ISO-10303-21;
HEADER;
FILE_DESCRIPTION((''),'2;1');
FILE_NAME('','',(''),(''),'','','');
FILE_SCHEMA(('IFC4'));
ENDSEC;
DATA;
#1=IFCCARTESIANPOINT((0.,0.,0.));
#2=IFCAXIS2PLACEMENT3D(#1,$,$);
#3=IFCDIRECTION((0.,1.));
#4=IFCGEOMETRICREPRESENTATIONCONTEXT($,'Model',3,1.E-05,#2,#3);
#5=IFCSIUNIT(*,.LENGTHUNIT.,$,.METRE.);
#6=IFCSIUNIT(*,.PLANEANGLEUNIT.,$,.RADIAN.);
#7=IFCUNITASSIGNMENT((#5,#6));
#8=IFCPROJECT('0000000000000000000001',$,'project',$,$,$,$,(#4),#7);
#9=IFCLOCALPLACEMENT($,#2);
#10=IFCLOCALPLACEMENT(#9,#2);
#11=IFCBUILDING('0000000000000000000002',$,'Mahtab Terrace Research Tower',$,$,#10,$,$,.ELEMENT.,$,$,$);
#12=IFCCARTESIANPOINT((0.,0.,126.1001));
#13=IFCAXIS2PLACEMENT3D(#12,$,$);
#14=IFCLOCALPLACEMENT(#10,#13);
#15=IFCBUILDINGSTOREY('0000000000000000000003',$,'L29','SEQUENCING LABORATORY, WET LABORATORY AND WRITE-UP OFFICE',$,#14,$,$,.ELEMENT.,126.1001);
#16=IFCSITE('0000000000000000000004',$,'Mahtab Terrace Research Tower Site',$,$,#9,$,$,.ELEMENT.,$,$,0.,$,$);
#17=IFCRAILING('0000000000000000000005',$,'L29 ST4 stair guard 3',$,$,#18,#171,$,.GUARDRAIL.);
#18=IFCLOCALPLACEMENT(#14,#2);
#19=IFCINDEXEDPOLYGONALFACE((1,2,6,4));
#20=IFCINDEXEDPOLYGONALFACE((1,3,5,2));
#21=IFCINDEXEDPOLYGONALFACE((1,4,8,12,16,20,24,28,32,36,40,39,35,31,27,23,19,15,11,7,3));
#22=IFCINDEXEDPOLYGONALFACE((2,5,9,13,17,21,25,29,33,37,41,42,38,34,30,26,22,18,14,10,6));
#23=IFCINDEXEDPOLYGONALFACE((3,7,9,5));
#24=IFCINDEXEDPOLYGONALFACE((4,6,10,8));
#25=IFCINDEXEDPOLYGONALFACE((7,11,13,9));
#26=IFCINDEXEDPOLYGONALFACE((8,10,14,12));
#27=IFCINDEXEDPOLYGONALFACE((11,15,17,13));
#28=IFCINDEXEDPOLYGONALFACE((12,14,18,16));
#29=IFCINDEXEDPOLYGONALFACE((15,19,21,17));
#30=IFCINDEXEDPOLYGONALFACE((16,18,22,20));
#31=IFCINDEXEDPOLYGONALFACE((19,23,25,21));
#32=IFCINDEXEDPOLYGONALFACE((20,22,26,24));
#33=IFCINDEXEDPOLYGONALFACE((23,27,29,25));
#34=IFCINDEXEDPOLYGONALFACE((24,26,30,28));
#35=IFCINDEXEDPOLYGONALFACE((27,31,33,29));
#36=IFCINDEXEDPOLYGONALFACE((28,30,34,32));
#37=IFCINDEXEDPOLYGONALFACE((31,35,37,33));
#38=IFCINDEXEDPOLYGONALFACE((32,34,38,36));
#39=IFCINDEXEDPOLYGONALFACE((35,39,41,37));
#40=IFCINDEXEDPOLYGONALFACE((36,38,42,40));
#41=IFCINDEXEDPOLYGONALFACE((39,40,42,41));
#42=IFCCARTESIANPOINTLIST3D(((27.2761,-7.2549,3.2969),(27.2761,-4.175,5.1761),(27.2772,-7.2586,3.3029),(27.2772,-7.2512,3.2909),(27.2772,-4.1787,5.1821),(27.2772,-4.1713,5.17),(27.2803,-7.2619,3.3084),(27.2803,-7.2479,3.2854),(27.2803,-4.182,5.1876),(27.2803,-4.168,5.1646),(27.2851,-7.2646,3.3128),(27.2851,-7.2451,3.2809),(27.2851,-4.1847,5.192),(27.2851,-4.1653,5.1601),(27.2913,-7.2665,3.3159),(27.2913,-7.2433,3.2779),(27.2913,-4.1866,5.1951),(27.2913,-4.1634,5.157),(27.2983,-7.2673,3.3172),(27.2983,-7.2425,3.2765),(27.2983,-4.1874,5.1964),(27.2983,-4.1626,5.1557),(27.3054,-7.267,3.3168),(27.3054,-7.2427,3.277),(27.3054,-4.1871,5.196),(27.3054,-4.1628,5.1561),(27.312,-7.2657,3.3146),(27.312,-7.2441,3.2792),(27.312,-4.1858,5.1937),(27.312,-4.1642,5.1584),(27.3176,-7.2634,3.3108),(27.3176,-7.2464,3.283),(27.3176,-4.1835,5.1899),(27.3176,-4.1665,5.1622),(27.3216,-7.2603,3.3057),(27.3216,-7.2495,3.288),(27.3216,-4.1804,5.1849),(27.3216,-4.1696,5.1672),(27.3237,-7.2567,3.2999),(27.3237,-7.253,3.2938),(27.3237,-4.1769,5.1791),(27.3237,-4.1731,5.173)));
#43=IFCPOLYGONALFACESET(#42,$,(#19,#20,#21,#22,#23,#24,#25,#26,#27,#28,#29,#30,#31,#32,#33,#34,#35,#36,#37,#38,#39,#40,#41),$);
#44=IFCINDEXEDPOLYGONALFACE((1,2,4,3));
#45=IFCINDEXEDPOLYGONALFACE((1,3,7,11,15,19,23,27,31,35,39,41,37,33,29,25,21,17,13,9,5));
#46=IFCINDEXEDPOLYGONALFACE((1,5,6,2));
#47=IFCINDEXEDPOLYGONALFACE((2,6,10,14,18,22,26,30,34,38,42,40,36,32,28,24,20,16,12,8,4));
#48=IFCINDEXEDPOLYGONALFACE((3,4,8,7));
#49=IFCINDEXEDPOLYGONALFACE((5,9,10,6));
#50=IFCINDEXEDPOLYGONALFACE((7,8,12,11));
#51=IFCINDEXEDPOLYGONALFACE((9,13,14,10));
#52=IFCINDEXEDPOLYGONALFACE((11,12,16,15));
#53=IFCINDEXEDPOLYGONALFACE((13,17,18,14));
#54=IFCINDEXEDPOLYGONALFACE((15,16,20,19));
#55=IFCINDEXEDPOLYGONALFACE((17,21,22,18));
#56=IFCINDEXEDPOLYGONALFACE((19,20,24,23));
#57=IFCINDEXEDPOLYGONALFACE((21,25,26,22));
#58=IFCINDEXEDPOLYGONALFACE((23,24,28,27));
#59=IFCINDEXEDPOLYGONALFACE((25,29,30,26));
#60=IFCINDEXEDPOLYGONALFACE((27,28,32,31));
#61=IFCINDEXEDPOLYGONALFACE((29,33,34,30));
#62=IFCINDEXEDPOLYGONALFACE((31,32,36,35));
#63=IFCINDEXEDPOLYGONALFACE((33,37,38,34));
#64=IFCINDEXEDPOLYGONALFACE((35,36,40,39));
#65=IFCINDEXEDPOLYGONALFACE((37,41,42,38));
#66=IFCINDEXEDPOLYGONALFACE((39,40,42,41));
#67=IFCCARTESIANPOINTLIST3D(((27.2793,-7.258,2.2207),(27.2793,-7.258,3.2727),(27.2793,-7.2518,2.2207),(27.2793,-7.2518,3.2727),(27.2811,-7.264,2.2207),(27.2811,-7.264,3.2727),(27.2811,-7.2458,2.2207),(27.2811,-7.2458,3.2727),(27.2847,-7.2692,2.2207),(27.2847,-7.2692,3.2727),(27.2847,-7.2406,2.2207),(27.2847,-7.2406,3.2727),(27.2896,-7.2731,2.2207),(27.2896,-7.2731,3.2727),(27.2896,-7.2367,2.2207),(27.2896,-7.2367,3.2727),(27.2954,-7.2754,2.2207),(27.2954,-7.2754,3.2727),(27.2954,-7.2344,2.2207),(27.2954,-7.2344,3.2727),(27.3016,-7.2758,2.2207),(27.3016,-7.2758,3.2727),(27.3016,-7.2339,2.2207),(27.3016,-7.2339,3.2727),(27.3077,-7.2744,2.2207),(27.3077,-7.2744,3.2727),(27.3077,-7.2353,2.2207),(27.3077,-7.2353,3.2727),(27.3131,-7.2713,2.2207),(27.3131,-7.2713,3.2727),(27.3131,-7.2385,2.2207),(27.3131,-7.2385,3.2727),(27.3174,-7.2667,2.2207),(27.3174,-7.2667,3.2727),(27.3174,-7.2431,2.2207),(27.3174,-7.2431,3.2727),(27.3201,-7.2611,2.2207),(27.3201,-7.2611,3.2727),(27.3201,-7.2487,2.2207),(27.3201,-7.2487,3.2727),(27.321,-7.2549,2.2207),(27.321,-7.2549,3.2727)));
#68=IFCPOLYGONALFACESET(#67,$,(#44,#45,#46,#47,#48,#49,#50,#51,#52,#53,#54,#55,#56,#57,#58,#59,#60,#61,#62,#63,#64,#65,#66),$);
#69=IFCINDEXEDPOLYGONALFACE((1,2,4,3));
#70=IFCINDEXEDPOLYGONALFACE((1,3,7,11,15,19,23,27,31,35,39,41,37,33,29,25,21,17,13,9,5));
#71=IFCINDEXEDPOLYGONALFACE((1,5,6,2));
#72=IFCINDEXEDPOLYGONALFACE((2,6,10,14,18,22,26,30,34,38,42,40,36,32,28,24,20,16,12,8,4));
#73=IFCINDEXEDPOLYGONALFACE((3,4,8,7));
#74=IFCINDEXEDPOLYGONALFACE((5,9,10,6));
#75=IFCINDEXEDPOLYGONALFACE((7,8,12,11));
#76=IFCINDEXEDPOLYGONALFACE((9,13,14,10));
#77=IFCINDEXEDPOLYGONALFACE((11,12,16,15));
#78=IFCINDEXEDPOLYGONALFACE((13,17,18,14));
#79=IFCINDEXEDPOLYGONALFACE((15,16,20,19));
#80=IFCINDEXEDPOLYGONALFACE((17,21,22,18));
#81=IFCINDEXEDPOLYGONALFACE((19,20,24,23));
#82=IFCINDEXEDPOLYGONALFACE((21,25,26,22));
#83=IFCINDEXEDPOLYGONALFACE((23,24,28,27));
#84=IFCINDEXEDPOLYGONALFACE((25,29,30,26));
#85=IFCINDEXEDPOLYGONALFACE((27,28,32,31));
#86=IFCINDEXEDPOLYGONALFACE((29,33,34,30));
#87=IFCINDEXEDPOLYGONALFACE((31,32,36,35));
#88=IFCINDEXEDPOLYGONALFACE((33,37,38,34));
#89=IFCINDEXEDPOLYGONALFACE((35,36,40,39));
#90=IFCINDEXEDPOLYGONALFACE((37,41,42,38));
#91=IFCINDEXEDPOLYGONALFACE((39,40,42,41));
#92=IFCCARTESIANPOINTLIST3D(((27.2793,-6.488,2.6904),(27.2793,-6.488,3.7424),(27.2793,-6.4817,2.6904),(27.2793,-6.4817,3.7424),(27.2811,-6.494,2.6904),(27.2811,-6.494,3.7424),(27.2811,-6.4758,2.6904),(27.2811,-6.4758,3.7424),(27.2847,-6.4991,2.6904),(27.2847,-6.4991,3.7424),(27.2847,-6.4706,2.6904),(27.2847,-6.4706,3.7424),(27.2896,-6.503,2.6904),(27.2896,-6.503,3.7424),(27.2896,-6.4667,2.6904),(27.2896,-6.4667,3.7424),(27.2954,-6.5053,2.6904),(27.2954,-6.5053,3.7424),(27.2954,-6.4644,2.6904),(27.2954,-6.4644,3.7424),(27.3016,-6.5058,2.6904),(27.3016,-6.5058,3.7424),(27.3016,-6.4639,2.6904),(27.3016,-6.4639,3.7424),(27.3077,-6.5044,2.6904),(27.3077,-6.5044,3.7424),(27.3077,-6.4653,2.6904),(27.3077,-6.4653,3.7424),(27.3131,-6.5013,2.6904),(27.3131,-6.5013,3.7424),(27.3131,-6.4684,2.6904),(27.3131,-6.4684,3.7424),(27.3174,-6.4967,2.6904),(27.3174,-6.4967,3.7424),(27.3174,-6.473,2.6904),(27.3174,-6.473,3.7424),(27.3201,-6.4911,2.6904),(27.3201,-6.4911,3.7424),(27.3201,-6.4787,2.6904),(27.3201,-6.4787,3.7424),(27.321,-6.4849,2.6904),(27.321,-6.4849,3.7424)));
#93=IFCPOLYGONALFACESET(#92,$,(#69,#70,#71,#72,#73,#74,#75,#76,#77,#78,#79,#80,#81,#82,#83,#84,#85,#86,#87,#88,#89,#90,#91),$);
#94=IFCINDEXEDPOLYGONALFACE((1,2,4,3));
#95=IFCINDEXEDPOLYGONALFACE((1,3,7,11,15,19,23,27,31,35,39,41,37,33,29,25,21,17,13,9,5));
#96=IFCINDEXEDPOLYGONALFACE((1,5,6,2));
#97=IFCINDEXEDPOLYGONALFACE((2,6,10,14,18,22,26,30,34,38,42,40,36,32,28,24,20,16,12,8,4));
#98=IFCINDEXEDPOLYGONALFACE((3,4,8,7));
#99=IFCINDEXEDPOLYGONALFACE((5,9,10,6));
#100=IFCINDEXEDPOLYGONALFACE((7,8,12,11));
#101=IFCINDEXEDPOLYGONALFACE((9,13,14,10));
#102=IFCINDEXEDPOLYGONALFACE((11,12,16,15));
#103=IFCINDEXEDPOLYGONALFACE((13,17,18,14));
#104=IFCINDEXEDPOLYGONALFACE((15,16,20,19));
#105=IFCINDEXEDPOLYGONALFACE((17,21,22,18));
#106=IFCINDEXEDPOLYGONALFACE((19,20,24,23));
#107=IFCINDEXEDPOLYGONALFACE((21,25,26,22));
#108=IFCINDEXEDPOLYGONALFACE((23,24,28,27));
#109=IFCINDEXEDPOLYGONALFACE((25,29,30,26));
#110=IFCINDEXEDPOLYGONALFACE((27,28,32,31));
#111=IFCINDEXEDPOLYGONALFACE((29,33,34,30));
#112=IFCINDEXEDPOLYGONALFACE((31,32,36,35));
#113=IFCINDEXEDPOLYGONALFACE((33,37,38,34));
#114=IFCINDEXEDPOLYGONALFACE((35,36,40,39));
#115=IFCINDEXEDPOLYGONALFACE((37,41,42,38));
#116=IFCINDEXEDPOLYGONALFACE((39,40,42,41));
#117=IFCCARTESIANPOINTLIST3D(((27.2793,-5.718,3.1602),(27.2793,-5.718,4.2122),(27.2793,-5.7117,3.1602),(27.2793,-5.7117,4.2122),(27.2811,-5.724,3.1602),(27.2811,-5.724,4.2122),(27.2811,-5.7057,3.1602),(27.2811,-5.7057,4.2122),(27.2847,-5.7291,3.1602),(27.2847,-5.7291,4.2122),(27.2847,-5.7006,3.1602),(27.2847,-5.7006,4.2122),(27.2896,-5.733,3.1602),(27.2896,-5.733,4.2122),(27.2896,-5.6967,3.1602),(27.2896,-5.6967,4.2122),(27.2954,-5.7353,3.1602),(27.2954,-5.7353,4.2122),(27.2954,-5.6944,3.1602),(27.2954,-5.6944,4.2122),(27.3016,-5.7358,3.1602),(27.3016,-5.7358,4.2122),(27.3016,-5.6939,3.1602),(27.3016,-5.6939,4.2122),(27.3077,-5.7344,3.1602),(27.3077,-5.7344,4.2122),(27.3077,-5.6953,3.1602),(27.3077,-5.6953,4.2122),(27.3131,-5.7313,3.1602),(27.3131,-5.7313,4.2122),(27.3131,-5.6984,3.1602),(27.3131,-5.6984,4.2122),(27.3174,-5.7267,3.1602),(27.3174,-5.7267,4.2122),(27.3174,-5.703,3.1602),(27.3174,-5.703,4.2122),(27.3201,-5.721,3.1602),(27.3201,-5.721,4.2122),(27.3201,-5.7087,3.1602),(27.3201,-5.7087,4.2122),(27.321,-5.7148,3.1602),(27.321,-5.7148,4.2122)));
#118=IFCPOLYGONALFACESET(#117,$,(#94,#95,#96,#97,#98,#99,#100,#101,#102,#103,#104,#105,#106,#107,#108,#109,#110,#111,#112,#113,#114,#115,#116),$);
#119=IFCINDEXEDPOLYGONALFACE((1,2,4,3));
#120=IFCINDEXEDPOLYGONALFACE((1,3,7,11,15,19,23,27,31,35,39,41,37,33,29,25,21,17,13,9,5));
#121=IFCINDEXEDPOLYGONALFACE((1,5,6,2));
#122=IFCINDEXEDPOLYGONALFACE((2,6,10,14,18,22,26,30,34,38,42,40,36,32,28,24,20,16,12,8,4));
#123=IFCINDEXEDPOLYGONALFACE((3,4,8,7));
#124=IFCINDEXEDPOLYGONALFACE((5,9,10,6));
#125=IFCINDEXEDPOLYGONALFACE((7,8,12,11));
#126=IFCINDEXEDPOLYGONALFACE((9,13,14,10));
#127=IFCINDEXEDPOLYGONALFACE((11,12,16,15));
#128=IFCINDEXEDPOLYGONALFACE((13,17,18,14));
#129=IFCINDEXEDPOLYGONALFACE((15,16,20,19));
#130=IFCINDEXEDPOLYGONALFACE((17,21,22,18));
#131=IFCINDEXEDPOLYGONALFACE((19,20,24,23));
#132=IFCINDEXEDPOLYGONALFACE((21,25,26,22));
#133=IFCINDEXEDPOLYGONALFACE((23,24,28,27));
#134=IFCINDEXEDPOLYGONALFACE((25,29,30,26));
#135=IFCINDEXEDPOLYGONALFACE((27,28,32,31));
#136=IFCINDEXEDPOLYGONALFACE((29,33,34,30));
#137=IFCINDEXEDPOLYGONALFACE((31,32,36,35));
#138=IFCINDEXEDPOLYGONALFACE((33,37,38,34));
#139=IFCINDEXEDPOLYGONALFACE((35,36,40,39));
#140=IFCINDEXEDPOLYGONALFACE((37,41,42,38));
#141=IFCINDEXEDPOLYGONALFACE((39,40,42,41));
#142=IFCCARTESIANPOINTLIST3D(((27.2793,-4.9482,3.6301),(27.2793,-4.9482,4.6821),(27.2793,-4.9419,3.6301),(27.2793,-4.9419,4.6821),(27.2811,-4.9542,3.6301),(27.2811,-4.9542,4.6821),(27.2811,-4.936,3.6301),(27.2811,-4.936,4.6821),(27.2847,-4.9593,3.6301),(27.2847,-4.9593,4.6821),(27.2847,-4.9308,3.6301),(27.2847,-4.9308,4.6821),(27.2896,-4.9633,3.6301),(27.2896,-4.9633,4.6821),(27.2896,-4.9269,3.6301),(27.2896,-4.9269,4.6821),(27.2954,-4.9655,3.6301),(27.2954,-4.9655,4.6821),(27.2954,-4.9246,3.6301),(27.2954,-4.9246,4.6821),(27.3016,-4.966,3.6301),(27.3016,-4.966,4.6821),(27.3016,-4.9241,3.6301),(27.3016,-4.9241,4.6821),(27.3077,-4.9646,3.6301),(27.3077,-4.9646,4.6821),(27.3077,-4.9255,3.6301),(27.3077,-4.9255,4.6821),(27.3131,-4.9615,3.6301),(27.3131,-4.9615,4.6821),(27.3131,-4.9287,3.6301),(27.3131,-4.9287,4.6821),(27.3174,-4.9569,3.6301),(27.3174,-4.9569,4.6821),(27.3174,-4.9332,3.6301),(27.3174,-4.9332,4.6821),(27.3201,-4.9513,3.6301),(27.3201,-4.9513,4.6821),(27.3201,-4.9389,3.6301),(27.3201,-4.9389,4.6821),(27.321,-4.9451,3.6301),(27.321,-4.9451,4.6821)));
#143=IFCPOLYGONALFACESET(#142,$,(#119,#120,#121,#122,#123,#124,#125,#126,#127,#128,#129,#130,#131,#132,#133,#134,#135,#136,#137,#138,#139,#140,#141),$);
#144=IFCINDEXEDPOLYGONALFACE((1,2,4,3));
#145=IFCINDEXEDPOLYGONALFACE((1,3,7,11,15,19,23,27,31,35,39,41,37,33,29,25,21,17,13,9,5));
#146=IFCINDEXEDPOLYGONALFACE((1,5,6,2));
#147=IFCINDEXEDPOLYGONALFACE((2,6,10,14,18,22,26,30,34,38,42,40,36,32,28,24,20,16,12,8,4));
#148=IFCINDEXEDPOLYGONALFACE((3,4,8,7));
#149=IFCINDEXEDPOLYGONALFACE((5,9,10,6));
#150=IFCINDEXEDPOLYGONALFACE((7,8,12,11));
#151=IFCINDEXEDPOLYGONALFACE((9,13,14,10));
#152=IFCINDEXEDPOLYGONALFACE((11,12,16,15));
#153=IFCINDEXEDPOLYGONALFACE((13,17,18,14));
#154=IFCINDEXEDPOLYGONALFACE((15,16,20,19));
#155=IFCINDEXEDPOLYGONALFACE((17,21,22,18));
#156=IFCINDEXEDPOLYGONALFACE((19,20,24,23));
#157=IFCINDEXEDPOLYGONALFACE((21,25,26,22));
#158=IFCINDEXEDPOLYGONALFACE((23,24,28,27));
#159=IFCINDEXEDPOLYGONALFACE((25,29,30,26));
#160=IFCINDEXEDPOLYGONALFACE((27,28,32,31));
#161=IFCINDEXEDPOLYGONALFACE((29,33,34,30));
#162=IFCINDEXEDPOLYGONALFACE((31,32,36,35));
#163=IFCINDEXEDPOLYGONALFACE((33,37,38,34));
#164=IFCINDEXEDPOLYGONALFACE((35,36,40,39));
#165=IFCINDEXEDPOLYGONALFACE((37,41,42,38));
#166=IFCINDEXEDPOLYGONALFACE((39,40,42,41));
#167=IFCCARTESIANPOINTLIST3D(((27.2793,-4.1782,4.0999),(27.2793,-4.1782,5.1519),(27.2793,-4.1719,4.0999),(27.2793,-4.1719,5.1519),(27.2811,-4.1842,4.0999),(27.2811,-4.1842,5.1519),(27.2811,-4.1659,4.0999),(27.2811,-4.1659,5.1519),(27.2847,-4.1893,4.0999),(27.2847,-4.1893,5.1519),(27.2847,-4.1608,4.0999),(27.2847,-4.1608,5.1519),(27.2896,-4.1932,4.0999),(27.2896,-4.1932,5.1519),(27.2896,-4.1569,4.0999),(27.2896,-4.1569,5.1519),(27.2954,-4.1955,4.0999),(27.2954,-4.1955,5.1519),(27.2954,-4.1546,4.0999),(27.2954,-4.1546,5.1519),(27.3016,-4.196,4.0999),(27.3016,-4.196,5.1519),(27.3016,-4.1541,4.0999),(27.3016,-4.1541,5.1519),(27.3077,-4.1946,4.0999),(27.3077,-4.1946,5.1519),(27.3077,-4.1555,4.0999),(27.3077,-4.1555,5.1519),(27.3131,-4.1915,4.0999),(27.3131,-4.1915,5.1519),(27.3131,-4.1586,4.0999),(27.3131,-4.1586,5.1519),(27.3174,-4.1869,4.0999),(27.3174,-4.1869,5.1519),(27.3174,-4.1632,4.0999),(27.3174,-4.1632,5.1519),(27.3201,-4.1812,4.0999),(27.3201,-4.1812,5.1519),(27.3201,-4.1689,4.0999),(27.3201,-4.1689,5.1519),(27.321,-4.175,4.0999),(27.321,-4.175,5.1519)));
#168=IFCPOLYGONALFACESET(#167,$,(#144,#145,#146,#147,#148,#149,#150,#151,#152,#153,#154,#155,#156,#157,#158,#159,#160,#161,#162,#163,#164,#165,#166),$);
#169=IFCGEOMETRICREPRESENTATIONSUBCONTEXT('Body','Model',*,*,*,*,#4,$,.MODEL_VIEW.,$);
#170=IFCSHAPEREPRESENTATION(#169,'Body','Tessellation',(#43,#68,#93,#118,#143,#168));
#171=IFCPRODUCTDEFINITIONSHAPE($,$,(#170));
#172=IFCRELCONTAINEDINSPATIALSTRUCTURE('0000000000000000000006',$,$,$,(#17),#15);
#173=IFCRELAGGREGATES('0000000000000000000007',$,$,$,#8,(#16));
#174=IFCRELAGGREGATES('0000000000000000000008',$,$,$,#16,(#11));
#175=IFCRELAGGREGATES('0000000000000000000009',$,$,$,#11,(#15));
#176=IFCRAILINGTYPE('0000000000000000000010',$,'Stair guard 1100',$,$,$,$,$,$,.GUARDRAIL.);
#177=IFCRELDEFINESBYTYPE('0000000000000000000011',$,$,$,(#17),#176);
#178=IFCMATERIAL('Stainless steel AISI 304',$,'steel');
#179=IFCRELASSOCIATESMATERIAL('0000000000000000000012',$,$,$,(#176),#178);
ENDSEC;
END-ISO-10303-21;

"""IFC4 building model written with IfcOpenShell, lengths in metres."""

from ifc_helpers import new_model, si_unit, direction, frame, origin, origin_2d, place, context, subcontext, project, spatial, circle, extrude, material, type_object, element, save


model = new_model("IFC4")

# Units and contexts
model_context = context("Model", 3, precision=1e-05, world=origin(), true_north=direction((0.0, 1.0)))
body_context = subcontext(model_context, "Body", "Model", "MODEL_VIEW")
ifc_project = project(units=[si_unit("LENGTHUNIT", "METRE"), si_unit("PLANEANGLEUNIT", "RADIAN")], contexts=[model_context])

# Site, building, storey
site_placement = place(None, origin())
site = spatial("IfcSite", under=ifc_project, at=site_placement, Name="Mahtab Terrace Research Tower Site", CompositionType="ELEMENT", RefElevation=0.0)
building_placement = place(site_placement, origin())
building = spatial("IfcBuilding", under=site, at=building_placement, Name="Mahtab Terrace Research Tower", CompositionType="ELEMENT")
storey_placement = place(building_placement, frame((0.0, 0.0, 126.1001)))
storey = spatial("IfcBuildingStorey", under=building, at=storey_placement, Name="L29", Description="SEQUENCING LABORATORY, WET LABORATORY AND WRITE-UP OFFICE", CompositionType="ELEMENT", Elevation=126.1001)

# Railing
ifc_material_1 = material(Name="Stainless steel AISI 304", Category="steel")
railing_type_1 = type_object("IfcRailingType", Name="Stair guard 1100", PredefinedType="GUARDRAIL", material=ifc_material_1)
railing_1_placement = place(storey_placement, frame((27.3, -7.2549, 2.2207)))
element("IfcRailing", 1, at=railing_1_placement, inside=storey, type_object=railing_type_1, Name="L29 ST4 stair guard 3", PredefinedType="GUARDRAIL", context=body_context, shape_type="SweptSolid", body=[
    extrude(circle(Radius=0.0239, at=origin_2d()), frame((0.0, 0.0, 1.0762), z_axis=(0.0, 0.853648, 0.52085), x_axis=(-1.0, 0.0, 0.0)), (0.0, 0.0, 1.0), 3.6079),
    extrude(circle(Radius=0.021, at=origin_2d()), origin(), (0.0, 0.0, 1.0), 1.052),
    extrude(circle(Radius=0.021, at=origin_2d()), frame((0.0, 0.77, 0.4697)), (0.0, 0.0, 1.0), 1.052),
    extrude(circle(Radius=0.021, at=origin_2d()), frame((0.0, 1.54, 0.9395)), (0.0, 0.0, 1.0), 1.052),
    extrude(circle(Radius=0.021, at=origin_2d()), frame((0.0, 2.3098, 1.4094)), (0.0, 0.0, 1.0), 1.052),
    extrude(circle(Radius=0.021, at=origin_2d()), frame((0.0, 3.0798, 1.8792)), (0.0, 0.0, 1.0), 1.052),
])

save(model, "model.ifc")
